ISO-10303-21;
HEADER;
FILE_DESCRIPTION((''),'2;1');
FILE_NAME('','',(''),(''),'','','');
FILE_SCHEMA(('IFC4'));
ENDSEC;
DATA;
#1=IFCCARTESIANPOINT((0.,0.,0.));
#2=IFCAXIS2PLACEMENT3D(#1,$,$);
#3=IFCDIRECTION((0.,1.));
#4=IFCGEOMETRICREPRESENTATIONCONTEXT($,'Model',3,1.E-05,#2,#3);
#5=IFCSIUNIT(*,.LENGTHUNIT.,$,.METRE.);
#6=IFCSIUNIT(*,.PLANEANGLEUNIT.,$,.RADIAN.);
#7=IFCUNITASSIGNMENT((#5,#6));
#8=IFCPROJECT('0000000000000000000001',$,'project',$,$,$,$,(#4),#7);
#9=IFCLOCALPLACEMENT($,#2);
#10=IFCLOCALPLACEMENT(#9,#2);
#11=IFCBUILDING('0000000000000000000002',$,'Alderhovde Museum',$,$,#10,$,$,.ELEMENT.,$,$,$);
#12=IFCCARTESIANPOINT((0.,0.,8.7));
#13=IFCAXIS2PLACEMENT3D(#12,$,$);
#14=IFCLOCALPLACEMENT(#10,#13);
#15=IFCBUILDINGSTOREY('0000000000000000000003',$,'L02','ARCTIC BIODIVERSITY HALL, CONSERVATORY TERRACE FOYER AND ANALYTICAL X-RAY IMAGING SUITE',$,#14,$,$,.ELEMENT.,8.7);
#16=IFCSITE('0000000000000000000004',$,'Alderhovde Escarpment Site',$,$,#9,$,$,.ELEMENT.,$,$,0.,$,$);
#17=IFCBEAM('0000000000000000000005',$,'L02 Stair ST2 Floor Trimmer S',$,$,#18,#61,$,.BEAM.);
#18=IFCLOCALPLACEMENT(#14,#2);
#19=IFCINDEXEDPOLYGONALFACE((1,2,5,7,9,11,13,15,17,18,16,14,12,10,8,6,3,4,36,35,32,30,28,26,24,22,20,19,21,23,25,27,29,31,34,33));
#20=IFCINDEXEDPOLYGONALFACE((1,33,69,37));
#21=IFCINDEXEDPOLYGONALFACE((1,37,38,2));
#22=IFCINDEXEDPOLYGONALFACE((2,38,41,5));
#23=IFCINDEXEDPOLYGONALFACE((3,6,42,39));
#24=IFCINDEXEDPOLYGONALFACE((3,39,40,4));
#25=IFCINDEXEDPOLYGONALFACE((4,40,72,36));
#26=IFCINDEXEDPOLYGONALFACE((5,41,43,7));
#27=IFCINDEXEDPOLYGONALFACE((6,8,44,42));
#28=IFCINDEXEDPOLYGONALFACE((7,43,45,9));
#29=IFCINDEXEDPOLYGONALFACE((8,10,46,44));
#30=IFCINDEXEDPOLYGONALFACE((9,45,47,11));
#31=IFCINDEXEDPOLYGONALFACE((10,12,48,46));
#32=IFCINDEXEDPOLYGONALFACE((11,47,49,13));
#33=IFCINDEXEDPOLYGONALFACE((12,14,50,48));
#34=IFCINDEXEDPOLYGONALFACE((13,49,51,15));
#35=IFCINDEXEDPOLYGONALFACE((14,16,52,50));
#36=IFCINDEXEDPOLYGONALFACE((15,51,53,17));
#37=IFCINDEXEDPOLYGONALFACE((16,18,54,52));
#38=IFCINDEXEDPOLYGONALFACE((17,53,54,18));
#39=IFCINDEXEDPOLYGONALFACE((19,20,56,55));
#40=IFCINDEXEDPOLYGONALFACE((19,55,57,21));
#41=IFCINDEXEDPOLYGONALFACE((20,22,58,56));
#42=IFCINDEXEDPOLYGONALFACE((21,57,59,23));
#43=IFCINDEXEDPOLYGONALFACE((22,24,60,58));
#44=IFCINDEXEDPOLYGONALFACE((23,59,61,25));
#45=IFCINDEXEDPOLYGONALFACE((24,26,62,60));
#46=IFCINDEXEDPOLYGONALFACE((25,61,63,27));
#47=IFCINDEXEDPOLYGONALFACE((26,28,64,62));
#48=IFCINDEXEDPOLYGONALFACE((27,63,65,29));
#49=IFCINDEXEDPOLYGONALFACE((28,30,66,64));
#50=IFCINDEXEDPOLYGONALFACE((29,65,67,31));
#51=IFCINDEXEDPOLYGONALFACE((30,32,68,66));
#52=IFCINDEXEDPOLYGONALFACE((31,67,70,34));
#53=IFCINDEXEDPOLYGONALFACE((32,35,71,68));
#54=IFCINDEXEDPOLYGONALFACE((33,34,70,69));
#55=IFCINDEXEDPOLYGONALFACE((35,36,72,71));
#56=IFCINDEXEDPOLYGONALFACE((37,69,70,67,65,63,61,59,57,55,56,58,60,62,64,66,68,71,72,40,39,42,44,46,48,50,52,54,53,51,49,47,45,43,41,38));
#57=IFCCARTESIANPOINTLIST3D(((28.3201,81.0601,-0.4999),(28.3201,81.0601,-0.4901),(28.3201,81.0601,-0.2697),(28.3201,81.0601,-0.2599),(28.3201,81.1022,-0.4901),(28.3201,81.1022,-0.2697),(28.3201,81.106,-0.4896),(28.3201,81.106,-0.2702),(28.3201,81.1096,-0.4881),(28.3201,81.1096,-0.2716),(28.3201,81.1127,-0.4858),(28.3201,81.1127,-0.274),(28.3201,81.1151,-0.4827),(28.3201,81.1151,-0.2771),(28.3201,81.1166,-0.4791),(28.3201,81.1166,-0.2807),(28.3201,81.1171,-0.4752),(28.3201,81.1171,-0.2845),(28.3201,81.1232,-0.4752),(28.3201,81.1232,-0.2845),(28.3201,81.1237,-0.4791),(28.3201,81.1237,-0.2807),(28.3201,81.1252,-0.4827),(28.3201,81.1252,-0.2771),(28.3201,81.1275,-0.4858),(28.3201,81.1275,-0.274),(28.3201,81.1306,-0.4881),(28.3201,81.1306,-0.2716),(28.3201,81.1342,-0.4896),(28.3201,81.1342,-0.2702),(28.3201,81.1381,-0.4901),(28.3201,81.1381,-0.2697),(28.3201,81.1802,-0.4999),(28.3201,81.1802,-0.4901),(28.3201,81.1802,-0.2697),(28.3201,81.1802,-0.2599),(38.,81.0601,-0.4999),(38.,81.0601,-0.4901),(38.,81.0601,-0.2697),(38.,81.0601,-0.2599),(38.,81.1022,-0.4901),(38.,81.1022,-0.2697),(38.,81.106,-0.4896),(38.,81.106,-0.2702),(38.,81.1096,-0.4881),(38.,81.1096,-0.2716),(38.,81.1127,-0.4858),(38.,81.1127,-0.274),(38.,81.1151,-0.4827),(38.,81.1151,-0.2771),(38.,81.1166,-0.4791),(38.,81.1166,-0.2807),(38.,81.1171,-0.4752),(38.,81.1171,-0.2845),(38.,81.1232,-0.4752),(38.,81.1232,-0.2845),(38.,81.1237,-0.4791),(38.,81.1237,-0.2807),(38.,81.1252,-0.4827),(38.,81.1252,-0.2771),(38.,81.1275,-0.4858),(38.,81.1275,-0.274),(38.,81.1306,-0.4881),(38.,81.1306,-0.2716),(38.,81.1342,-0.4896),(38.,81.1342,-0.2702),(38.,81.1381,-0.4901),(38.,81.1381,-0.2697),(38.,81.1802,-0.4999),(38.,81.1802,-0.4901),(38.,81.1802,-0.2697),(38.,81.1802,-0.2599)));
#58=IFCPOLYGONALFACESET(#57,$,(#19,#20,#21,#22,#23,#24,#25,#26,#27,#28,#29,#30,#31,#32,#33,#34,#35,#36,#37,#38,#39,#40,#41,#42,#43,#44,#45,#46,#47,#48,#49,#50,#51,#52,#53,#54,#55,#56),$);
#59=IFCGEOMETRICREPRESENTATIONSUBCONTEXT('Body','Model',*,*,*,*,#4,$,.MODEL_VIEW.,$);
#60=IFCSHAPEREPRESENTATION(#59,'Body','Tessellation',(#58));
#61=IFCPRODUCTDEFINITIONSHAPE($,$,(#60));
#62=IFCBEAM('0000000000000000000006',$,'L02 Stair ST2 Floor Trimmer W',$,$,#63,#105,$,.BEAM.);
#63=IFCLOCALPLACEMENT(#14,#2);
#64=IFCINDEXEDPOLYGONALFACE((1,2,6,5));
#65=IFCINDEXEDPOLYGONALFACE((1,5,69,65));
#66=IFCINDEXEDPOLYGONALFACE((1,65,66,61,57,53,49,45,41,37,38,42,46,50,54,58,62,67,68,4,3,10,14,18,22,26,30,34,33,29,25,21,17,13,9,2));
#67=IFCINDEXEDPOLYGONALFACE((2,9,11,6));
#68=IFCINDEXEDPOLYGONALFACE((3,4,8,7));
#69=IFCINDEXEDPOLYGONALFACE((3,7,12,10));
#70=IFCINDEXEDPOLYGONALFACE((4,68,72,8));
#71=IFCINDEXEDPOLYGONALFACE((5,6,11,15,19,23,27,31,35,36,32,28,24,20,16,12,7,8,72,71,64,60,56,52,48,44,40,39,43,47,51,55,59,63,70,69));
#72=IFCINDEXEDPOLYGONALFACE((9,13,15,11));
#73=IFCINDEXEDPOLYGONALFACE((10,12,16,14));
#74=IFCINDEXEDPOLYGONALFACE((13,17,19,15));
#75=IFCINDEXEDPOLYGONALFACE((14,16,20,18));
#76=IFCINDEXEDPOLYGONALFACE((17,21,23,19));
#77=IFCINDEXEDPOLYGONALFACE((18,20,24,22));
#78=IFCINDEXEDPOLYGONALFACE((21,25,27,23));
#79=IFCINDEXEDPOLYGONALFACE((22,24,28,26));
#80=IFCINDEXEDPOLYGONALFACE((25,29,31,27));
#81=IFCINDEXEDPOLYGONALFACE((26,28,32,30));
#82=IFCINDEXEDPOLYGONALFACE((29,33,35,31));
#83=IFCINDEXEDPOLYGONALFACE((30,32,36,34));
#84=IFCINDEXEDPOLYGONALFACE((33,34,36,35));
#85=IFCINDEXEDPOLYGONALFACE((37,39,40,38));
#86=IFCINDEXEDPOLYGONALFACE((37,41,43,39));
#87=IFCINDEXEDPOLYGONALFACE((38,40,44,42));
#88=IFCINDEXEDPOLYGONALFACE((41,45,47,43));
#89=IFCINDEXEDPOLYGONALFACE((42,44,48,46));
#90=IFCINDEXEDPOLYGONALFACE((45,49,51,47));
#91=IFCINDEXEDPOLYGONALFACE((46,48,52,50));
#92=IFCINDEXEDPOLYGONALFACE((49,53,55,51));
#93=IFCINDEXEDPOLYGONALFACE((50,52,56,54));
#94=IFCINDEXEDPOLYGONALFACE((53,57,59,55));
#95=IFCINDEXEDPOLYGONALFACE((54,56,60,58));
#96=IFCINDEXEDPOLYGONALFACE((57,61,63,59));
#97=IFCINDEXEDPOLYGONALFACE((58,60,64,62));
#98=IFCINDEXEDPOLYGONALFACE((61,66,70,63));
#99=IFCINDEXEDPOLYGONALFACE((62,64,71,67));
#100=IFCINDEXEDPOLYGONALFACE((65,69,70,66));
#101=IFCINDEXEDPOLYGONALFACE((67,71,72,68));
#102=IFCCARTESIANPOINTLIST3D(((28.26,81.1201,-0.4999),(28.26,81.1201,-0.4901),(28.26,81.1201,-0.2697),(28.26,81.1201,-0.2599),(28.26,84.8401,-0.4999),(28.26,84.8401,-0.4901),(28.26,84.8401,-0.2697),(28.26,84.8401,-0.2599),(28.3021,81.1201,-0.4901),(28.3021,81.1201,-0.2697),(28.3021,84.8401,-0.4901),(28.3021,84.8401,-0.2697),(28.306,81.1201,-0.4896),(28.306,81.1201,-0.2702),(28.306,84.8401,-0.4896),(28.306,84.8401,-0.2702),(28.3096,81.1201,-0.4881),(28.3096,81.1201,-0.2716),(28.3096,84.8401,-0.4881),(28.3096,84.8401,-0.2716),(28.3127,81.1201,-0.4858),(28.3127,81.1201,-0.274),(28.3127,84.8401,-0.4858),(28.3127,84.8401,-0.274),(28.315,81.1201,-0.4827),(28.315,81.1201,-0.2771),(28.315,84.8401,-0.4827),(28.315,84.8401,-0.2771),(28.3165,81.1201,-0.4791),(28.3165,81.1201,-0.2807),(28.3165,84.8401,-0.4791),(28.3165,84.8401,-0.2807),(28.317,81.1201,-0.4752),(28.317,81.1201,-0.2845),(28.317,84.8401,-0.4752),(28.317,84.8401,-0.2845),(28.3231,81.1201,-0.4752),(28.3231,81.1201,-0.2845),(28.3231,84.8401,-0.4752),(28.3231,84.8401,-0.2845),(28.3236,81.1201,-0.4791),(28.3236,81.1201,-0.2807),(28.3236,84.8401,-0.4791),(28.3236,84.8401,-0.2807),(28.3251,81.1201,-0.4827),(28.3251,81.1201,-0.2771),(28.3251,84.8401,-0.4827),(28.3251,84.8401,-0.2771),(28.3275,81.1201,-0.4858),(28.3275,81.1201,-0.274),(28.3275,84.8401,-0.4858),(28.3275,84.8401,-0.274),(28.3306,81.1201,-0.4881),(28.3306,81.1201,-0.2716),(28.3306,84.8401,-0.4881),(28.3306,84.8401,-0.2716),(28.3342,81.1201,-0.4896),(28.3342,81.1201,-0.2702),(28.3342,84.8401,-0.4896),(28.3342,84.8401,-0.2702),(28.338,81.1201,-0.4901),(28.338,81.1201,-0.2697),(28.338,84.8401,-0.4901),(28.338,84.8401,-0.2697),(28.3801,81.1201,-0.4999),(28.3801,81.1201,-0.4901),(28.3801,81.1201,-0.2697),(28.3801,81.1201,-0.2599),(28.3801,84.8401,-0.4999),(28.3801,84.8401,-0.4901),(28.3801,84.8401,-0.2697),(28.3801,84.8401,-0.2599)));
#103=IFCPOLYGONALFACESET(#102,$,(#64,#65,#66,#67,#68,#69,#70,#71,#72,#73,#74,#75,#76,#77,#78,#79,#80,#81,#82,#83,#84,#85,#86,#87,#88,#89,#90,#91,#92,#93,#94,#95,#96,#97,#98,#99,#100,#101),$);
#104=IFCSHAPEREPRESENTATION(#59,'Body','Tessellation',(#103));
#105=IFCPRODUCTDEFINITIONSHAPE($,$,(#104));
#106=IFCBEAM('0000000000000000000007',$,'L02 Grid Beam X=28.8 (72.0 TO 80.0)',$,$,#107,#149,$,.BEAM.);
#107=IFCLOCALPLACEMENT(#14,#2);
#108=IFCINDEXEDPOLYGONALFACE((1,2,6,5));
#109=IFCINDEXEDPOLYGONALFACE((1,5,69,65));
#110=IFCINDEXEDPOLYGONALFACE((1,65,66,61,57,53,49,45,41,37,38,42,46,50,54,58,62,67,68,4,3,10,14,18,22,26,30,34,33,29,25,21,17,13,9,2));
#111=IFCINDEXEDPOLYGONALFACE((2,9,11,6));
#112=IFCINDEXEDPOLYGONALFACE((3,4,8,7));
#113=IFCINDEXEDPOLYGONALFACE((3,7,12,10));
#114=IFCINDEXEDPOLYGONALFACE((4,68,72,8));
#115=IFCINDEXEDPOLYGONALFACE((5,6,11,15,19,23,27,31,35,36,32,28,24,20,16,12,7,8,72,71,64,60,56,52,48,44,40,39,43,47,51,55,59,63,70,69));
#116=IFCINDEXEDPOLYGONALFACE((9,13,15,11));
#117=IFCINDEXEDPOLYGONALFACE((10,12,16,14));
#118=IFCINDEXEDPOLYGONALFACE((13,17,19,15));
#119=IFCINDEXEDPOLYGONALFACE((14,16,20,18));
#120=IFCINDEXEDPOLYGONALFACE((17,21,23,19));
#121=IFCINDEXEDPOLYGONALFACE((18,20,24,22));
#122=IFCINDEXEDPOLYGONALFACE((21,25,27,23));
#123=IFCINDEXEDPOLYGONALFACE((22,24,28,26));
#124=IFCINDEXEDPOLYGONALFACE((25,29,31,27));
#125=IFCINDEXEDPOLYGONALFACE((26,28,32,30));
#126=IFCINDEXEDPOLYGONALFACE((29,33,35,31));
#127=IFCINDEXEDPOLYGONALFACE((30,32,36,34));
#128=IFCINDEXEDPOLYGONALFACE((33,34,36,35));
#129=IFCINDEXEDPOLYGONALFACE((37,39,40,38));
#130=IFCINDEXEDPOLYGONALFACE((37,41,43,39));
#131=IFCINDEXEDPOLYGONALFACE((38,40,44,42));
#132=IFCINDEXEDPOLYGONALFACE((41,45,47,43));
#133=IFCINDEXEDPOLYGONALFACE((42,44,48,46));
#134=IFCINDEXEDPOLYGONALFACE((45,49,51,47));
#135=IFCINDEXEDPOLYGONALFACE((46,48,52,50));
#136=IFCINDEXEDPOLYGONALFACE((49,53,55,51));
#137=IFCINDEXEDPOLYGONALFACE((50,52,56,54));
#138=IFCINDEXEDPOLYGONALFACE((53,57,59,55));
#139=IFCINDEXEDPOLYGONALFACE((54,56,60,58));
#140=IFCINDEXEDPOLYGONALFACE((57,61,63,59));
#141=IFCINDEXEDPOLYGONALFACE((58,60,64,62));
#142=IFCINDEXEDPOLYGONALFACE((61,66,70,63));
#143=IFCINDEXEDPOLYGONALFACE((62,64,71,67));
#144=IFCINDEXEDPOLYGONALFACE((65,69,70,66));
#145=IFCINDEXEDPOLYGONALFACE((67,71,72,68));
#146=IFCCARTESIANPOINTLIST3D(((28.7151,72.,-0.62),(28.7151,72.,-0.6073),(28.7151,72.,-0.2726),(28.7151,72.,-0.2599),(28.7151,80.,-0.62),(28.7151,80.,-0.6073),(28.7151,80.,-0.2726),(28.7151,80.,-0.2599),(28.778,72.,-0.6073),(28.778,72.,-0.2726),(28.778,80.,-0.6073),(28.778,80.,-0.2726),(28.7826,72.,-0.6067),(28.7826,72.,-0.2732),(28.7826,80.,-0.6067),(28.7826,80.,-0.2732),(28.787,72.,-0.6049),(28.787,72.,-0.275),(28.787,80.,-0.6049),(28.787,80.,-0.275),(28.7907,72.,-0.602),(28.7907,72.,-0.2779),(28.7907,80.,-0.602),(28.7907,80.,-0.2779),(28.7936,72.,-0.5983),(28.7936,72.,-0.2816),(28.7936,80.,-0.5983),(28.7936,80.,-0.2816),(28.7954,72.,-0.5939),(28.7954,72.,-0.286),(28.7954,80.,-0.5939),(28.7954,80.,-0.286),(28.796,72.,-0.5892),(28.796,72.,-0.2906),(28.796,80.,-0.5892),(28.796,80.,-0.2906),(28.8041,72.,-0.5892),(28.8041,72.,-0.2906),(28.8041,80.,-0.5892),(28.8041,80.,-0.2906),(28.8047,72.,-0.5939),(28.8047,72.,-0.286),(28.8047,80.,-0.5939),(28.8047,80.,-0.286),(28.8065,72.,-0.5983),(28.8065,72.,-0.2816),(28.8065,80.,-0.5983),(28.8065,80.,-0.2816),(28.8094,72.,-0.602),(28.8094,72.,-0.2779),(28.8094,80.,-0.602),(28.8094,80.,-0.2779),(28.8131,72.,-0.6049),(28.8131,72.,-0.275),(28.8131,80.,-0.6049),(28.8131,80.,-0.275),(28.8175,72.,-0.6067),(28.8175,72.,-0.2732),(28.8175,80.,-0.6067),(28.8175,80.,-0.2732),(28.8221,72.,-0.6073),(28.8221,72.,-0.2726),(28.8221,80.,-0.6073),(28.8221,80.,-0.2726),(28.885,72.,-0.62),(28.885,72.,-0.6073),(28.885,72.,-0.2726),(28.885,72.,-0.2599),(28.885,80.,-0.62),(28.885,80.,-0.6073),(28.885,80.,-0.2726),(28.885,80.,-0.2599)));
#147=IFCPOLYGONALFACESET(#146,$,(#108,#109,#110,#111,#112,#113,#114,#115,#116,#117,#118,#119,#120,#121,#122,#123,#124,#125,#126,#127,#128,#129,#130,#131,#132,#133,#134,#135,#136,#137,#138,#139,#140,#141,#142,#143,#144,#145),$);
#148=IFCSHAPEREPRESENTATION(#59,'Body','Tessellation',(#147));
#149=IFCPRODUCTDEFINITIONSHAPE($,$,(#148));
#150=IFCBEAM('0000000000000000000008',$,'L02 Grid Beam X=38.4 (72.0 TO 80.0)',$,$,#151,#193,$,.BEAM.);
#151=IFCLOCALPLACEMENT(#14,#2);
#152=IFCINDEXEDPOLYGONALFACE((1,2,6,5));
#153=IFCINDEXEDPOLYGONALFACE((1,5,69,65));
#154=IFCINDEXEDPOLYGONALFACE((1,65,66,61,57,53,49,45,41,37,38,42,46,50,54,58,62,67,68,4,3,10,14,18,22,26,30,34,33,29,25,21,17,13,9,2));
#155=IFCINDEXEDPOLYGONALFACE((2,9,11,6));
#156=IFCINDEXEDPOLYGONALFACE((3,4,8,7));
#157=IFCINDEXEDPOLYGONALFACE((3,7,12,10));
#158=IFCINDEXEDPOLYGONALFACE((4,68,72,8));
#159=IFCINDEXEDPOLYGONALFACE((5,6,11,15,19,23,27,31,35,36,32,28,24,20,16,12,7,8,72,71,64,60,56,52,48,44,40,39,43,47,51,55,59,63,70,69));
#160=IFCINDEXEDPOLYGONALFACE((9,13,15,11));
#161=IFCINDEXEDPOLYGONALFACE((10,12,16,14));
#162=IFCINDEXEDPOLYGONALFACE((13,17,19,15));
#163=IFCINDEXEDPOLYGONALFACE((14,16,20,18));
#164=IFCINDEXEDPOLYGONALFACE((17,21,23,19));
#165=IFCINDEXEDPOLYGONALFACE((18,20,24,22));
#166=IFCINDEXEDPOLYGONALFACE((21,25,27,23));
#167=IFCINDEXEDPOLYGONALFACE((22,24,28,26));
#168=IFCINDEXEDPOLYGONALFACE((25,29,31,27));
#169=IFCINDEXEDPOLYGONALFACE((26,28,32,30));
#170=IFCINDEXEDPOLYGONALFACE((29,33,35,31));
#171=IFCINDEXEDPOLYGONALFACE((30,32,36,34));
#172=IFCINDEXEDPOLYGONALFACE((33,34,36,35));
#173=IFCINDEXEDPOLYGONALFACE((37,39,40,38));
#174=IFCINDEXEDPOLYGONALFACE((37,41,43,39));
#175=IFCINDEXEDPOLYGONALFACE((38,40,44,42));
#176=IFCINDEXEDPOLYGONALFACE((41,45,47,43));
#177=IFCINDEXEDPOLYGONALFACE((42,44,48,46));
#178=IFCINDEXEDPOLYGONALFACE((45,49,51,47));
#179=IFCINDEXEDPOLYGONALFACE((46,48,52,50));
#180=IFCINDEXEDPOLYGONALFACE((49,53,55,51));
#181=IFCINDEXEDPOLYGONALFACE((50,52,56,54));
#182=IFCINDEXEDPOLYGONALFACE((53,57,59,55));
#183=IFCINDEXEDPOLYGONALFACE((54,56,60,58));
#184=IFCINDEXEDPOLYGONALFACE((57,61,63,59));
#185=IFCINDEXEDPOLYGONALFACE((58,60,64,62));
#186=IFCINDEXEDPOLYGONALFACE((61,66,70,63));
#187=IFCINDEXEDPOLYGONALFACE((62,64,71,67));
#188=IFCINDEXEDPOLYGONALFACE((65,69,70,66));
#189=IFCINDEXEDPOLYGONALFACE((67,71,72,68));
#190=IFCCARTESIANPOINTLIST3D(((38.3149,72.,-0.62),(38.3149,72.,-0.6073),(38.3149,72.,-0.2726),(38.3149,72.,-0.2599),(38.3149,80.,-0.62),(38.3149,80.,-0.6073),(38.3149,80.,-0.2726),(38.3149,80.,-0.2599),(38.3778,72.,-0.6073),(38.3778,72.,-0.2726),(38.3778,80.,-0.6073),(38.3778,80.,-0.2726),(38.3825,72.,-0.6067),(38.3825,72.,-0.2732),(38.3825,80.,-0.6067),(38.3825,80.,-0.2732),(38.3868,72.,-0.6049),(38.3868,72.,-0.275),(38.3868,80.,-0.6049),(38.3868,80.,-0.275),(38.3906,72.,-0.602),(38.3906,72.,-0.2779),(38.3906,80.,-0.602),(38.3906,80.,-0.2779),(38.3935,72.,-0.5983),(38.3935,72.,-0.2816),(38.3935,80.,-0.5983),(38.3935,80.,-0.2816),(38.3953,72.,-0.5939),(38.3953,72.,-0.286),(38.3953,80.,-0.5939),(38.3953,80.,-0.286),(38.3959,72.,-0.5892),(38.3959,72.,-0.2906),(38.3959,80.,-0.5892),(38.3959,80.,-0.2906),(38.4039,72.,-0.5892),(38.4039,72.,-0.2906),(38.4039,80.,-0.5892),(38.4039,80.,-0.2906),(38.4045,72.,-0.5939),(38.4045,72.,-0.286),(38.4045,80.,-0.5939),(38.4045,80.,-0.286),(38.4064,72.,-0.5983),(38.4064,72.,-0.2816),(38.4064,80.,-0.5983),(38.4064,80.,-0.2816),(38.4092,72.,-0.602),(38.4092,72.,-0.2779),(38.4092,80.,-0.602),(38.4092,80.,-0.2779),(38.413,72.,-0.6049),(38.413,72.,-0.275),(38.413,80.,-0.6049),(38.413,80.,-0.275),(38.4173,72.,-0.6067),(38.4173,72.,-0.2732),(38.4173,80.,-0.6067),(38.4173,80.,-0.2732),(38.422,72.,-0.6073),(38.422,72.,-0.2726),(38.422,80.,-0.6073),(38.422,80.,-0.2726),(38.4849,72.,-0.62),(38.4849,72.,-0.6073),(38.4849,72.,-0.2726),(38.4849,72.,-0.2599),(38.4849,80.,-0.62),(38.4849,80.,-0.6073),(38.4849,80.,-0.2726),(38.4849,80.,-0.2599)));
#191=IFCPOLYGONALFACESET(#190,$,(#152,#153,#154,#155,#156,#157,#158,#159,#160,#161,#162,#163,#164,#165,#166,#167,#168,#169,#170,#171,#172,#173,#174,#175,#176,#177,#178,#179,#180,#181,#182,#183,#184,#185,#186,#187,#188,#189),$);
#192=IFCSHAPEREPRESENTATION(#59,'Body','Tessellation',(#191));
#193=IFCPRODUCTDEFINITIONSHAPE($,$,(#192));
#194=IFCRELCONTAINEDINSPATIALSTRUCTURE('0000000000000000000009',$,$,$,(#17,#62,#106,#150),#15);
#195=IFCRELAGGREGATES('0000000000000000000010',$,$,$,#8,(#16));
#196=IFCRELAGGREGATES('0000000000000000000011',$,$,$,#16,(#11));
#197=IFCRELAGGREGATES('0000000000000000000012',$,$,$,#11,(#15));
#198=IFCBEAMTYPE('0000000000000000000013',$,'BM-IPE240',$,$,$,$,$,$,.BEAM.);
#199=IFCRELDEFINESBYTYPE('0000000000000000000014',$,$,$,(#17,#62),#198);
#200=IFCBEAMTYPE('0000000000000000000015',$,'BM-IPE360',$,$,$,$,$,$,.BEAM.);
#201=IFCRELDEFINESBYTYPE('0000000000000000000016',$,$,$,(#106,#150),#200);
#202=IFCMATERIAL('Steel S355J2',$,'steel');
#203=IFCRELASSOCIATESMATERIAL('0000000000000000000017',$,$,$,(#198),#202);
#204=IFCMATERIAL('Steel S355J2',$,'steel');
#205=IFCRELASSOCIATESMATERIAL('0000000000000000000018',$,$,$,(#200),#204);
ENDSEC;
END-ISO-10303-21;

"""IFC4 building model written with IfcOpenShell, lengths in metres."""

from ifc_helpers import new_model, si_unit, direction, frame, origin, origin_2d, place, context, subcontext, project, spatial, i_section, extrude, material, material_profile, profile_set, type_object, element, save


model = new_model("IFC4")

# Units and contexts
model_context = context("Model", 3, precision=1e-05, world=origin(), true_north=direction((0.0, 1.0)))
body_context = subcontext(model_context, "Body", "Model", "MODEL_VIEW")
ifc_project = project(units=[si_unit("LENGTHUNIT", "METRE"), si_unit("PLANEANGLEUNIT", "RADIAN")], contexts=[model_context])

# Site, building, storey
site_placement = place(None, origin())
site = spatial("IfcSite", under=ifc_project, at=site_placement, Name="Alderhovde Escarpment Site", CompositionType="ELEMENT", RefElevation=0.0)
building_placement = place(site_placement, origin())
building = spatial("IfcBuilding", under=site, at=building_placement, Name="Alderhovde Museum", CompositionType="ELEMENT")
storey_placement = place(building_placement, frame((0.0, 0.0, 8.7)))
storey = spatial("IfcBuildingStorey", under=building, at=storey_placement, Name="L02", Description="ARCTIC BIODIVERSITY HALL, CONSERVATORY TERRACE FOYER AND ANALYTICAL X-RAY IMAGING SUITE", CompositionType="ELEMENT", Elevation=8.7)

# Beams
ifc_material_1 = material(Name="Steel S355J2", Category="steel")
ifc_material_profile_1 = material_profile(ifc_material_1, i_section(OverallWidth=0.1201, OverallDepth=0.24, WebThickness=0.0061, FlangeThickness=0.0098, FilletRadius=0.0149, at=origin_2d()), Name="IPE 240")
ifc_profile_set_1 = profile_set([ifc_material_profile_1], Name="Steel S355J2")
beam_type_1 = type_object("IfcBeamType", Name="BM-IPE240", PredefinedType="BEAM", material=ifc_profile_set_1)
beam_1_placement = place(storey_placement, frame((28.3201, 81.1201, -0.3799), z_axis=(1.0, 0.0, 0.0), x_axis=(0.0, 1.0, 0.0)))
element("IfcBeam", 1, at=beam_1_placement, inside=storey, type_object=beam_type_1, Name="L02 Stair ST2 Floor Trimmer S", PredefinedType="BEAM", context=body_context, shape_type="SweptSolid", body=[
    extrude(i_section(OverallWidth=0.1201, OverallDepth=0.24, WebThickness=0.0061, FlangeThickness=0.0098, FilletRadius=0.0149, at=origin_2d()), origin(), (0.0, 0.0, 1.0), 9.6799),
])
beam_2_placement = place(storey_placement, frame((28.3201, 81.1201, -0.3799), z_axis=(0.0, 1.0, 0.0), x_axis=(-1.0, 0.0, 0.0)))
element("IfcBeam", 2, at=beam_2_placement, inside=storey, type_object=beam_type_1, Name="L02 Stair ST2 Floor Trimmer W", PredefinedType="BEAM", context=body_context, shape_type="SweptSolid", body=[
    extrude(i_section(OverallWidth=0.1201, OverallDepth=0.24, WebThickness=0.0061, FlangeThickness=0.0098, FilletRadius=0.0149, at=origin_2d()), origin(), (0.0, 0.0, 1.0), 3.72),
])
ifc_material_2 = material(Name="Steel S355J2", Category="steel")
ifc_material_profile_2 = material_profile(ifc_material_2, i_section(OverallWidth=0.1699, OverallDepth=0.3601, WebThickness=0.0081, FlangeThickness=0.0127, FilletRadius=0.0181, at=origin_2d()), Name="IPE 360")
ifc_profile_set_2 = profile_set([ifc_material_profile_2], Name="Steel S355J2")
beam_type_2 = type_object("IfcBeamType", Name="BM-IPE360", PredefinedType="BEAM", material=ifc_profile_set_2)
for number, where, z_axis, x_axis, name in (
    (3, (28.8, 72.0, -0.4399), (0.0, 1.0, 0.0), (-1.0, 0.0, 0.0), "L02 Grid Beam X=28.8 (72.0 TO 80.0)"),
    (4, (38.3999, 72.0, -0.4399), (0.0, 1.0, 0.0), (-1.0, 0.0, 0.0), "L02 Grid Beam X=38.4 (72.0 TO 80.0)"),
):
    element("IfcBeam", number, at=place(storey_placement, frame(where, z_axis=z_axis, x_axis=x_axis)), inside=storey, type_object=beam_type_2, Name=name, PredefinedType="BEAM", context=body_context, shape_type="SweptSolid", body=[
        extrude(i_section(OverallWidth=0.1699, OverallDepth=0.3601, WebThickness=0.0081, FlangeThickness=0.0127, FilletRadius=0.0181, at=origin_2d()), origin(), (0.0, 0.0, 1.0), 8.0),
    ])

save(model, "model.ifc")
